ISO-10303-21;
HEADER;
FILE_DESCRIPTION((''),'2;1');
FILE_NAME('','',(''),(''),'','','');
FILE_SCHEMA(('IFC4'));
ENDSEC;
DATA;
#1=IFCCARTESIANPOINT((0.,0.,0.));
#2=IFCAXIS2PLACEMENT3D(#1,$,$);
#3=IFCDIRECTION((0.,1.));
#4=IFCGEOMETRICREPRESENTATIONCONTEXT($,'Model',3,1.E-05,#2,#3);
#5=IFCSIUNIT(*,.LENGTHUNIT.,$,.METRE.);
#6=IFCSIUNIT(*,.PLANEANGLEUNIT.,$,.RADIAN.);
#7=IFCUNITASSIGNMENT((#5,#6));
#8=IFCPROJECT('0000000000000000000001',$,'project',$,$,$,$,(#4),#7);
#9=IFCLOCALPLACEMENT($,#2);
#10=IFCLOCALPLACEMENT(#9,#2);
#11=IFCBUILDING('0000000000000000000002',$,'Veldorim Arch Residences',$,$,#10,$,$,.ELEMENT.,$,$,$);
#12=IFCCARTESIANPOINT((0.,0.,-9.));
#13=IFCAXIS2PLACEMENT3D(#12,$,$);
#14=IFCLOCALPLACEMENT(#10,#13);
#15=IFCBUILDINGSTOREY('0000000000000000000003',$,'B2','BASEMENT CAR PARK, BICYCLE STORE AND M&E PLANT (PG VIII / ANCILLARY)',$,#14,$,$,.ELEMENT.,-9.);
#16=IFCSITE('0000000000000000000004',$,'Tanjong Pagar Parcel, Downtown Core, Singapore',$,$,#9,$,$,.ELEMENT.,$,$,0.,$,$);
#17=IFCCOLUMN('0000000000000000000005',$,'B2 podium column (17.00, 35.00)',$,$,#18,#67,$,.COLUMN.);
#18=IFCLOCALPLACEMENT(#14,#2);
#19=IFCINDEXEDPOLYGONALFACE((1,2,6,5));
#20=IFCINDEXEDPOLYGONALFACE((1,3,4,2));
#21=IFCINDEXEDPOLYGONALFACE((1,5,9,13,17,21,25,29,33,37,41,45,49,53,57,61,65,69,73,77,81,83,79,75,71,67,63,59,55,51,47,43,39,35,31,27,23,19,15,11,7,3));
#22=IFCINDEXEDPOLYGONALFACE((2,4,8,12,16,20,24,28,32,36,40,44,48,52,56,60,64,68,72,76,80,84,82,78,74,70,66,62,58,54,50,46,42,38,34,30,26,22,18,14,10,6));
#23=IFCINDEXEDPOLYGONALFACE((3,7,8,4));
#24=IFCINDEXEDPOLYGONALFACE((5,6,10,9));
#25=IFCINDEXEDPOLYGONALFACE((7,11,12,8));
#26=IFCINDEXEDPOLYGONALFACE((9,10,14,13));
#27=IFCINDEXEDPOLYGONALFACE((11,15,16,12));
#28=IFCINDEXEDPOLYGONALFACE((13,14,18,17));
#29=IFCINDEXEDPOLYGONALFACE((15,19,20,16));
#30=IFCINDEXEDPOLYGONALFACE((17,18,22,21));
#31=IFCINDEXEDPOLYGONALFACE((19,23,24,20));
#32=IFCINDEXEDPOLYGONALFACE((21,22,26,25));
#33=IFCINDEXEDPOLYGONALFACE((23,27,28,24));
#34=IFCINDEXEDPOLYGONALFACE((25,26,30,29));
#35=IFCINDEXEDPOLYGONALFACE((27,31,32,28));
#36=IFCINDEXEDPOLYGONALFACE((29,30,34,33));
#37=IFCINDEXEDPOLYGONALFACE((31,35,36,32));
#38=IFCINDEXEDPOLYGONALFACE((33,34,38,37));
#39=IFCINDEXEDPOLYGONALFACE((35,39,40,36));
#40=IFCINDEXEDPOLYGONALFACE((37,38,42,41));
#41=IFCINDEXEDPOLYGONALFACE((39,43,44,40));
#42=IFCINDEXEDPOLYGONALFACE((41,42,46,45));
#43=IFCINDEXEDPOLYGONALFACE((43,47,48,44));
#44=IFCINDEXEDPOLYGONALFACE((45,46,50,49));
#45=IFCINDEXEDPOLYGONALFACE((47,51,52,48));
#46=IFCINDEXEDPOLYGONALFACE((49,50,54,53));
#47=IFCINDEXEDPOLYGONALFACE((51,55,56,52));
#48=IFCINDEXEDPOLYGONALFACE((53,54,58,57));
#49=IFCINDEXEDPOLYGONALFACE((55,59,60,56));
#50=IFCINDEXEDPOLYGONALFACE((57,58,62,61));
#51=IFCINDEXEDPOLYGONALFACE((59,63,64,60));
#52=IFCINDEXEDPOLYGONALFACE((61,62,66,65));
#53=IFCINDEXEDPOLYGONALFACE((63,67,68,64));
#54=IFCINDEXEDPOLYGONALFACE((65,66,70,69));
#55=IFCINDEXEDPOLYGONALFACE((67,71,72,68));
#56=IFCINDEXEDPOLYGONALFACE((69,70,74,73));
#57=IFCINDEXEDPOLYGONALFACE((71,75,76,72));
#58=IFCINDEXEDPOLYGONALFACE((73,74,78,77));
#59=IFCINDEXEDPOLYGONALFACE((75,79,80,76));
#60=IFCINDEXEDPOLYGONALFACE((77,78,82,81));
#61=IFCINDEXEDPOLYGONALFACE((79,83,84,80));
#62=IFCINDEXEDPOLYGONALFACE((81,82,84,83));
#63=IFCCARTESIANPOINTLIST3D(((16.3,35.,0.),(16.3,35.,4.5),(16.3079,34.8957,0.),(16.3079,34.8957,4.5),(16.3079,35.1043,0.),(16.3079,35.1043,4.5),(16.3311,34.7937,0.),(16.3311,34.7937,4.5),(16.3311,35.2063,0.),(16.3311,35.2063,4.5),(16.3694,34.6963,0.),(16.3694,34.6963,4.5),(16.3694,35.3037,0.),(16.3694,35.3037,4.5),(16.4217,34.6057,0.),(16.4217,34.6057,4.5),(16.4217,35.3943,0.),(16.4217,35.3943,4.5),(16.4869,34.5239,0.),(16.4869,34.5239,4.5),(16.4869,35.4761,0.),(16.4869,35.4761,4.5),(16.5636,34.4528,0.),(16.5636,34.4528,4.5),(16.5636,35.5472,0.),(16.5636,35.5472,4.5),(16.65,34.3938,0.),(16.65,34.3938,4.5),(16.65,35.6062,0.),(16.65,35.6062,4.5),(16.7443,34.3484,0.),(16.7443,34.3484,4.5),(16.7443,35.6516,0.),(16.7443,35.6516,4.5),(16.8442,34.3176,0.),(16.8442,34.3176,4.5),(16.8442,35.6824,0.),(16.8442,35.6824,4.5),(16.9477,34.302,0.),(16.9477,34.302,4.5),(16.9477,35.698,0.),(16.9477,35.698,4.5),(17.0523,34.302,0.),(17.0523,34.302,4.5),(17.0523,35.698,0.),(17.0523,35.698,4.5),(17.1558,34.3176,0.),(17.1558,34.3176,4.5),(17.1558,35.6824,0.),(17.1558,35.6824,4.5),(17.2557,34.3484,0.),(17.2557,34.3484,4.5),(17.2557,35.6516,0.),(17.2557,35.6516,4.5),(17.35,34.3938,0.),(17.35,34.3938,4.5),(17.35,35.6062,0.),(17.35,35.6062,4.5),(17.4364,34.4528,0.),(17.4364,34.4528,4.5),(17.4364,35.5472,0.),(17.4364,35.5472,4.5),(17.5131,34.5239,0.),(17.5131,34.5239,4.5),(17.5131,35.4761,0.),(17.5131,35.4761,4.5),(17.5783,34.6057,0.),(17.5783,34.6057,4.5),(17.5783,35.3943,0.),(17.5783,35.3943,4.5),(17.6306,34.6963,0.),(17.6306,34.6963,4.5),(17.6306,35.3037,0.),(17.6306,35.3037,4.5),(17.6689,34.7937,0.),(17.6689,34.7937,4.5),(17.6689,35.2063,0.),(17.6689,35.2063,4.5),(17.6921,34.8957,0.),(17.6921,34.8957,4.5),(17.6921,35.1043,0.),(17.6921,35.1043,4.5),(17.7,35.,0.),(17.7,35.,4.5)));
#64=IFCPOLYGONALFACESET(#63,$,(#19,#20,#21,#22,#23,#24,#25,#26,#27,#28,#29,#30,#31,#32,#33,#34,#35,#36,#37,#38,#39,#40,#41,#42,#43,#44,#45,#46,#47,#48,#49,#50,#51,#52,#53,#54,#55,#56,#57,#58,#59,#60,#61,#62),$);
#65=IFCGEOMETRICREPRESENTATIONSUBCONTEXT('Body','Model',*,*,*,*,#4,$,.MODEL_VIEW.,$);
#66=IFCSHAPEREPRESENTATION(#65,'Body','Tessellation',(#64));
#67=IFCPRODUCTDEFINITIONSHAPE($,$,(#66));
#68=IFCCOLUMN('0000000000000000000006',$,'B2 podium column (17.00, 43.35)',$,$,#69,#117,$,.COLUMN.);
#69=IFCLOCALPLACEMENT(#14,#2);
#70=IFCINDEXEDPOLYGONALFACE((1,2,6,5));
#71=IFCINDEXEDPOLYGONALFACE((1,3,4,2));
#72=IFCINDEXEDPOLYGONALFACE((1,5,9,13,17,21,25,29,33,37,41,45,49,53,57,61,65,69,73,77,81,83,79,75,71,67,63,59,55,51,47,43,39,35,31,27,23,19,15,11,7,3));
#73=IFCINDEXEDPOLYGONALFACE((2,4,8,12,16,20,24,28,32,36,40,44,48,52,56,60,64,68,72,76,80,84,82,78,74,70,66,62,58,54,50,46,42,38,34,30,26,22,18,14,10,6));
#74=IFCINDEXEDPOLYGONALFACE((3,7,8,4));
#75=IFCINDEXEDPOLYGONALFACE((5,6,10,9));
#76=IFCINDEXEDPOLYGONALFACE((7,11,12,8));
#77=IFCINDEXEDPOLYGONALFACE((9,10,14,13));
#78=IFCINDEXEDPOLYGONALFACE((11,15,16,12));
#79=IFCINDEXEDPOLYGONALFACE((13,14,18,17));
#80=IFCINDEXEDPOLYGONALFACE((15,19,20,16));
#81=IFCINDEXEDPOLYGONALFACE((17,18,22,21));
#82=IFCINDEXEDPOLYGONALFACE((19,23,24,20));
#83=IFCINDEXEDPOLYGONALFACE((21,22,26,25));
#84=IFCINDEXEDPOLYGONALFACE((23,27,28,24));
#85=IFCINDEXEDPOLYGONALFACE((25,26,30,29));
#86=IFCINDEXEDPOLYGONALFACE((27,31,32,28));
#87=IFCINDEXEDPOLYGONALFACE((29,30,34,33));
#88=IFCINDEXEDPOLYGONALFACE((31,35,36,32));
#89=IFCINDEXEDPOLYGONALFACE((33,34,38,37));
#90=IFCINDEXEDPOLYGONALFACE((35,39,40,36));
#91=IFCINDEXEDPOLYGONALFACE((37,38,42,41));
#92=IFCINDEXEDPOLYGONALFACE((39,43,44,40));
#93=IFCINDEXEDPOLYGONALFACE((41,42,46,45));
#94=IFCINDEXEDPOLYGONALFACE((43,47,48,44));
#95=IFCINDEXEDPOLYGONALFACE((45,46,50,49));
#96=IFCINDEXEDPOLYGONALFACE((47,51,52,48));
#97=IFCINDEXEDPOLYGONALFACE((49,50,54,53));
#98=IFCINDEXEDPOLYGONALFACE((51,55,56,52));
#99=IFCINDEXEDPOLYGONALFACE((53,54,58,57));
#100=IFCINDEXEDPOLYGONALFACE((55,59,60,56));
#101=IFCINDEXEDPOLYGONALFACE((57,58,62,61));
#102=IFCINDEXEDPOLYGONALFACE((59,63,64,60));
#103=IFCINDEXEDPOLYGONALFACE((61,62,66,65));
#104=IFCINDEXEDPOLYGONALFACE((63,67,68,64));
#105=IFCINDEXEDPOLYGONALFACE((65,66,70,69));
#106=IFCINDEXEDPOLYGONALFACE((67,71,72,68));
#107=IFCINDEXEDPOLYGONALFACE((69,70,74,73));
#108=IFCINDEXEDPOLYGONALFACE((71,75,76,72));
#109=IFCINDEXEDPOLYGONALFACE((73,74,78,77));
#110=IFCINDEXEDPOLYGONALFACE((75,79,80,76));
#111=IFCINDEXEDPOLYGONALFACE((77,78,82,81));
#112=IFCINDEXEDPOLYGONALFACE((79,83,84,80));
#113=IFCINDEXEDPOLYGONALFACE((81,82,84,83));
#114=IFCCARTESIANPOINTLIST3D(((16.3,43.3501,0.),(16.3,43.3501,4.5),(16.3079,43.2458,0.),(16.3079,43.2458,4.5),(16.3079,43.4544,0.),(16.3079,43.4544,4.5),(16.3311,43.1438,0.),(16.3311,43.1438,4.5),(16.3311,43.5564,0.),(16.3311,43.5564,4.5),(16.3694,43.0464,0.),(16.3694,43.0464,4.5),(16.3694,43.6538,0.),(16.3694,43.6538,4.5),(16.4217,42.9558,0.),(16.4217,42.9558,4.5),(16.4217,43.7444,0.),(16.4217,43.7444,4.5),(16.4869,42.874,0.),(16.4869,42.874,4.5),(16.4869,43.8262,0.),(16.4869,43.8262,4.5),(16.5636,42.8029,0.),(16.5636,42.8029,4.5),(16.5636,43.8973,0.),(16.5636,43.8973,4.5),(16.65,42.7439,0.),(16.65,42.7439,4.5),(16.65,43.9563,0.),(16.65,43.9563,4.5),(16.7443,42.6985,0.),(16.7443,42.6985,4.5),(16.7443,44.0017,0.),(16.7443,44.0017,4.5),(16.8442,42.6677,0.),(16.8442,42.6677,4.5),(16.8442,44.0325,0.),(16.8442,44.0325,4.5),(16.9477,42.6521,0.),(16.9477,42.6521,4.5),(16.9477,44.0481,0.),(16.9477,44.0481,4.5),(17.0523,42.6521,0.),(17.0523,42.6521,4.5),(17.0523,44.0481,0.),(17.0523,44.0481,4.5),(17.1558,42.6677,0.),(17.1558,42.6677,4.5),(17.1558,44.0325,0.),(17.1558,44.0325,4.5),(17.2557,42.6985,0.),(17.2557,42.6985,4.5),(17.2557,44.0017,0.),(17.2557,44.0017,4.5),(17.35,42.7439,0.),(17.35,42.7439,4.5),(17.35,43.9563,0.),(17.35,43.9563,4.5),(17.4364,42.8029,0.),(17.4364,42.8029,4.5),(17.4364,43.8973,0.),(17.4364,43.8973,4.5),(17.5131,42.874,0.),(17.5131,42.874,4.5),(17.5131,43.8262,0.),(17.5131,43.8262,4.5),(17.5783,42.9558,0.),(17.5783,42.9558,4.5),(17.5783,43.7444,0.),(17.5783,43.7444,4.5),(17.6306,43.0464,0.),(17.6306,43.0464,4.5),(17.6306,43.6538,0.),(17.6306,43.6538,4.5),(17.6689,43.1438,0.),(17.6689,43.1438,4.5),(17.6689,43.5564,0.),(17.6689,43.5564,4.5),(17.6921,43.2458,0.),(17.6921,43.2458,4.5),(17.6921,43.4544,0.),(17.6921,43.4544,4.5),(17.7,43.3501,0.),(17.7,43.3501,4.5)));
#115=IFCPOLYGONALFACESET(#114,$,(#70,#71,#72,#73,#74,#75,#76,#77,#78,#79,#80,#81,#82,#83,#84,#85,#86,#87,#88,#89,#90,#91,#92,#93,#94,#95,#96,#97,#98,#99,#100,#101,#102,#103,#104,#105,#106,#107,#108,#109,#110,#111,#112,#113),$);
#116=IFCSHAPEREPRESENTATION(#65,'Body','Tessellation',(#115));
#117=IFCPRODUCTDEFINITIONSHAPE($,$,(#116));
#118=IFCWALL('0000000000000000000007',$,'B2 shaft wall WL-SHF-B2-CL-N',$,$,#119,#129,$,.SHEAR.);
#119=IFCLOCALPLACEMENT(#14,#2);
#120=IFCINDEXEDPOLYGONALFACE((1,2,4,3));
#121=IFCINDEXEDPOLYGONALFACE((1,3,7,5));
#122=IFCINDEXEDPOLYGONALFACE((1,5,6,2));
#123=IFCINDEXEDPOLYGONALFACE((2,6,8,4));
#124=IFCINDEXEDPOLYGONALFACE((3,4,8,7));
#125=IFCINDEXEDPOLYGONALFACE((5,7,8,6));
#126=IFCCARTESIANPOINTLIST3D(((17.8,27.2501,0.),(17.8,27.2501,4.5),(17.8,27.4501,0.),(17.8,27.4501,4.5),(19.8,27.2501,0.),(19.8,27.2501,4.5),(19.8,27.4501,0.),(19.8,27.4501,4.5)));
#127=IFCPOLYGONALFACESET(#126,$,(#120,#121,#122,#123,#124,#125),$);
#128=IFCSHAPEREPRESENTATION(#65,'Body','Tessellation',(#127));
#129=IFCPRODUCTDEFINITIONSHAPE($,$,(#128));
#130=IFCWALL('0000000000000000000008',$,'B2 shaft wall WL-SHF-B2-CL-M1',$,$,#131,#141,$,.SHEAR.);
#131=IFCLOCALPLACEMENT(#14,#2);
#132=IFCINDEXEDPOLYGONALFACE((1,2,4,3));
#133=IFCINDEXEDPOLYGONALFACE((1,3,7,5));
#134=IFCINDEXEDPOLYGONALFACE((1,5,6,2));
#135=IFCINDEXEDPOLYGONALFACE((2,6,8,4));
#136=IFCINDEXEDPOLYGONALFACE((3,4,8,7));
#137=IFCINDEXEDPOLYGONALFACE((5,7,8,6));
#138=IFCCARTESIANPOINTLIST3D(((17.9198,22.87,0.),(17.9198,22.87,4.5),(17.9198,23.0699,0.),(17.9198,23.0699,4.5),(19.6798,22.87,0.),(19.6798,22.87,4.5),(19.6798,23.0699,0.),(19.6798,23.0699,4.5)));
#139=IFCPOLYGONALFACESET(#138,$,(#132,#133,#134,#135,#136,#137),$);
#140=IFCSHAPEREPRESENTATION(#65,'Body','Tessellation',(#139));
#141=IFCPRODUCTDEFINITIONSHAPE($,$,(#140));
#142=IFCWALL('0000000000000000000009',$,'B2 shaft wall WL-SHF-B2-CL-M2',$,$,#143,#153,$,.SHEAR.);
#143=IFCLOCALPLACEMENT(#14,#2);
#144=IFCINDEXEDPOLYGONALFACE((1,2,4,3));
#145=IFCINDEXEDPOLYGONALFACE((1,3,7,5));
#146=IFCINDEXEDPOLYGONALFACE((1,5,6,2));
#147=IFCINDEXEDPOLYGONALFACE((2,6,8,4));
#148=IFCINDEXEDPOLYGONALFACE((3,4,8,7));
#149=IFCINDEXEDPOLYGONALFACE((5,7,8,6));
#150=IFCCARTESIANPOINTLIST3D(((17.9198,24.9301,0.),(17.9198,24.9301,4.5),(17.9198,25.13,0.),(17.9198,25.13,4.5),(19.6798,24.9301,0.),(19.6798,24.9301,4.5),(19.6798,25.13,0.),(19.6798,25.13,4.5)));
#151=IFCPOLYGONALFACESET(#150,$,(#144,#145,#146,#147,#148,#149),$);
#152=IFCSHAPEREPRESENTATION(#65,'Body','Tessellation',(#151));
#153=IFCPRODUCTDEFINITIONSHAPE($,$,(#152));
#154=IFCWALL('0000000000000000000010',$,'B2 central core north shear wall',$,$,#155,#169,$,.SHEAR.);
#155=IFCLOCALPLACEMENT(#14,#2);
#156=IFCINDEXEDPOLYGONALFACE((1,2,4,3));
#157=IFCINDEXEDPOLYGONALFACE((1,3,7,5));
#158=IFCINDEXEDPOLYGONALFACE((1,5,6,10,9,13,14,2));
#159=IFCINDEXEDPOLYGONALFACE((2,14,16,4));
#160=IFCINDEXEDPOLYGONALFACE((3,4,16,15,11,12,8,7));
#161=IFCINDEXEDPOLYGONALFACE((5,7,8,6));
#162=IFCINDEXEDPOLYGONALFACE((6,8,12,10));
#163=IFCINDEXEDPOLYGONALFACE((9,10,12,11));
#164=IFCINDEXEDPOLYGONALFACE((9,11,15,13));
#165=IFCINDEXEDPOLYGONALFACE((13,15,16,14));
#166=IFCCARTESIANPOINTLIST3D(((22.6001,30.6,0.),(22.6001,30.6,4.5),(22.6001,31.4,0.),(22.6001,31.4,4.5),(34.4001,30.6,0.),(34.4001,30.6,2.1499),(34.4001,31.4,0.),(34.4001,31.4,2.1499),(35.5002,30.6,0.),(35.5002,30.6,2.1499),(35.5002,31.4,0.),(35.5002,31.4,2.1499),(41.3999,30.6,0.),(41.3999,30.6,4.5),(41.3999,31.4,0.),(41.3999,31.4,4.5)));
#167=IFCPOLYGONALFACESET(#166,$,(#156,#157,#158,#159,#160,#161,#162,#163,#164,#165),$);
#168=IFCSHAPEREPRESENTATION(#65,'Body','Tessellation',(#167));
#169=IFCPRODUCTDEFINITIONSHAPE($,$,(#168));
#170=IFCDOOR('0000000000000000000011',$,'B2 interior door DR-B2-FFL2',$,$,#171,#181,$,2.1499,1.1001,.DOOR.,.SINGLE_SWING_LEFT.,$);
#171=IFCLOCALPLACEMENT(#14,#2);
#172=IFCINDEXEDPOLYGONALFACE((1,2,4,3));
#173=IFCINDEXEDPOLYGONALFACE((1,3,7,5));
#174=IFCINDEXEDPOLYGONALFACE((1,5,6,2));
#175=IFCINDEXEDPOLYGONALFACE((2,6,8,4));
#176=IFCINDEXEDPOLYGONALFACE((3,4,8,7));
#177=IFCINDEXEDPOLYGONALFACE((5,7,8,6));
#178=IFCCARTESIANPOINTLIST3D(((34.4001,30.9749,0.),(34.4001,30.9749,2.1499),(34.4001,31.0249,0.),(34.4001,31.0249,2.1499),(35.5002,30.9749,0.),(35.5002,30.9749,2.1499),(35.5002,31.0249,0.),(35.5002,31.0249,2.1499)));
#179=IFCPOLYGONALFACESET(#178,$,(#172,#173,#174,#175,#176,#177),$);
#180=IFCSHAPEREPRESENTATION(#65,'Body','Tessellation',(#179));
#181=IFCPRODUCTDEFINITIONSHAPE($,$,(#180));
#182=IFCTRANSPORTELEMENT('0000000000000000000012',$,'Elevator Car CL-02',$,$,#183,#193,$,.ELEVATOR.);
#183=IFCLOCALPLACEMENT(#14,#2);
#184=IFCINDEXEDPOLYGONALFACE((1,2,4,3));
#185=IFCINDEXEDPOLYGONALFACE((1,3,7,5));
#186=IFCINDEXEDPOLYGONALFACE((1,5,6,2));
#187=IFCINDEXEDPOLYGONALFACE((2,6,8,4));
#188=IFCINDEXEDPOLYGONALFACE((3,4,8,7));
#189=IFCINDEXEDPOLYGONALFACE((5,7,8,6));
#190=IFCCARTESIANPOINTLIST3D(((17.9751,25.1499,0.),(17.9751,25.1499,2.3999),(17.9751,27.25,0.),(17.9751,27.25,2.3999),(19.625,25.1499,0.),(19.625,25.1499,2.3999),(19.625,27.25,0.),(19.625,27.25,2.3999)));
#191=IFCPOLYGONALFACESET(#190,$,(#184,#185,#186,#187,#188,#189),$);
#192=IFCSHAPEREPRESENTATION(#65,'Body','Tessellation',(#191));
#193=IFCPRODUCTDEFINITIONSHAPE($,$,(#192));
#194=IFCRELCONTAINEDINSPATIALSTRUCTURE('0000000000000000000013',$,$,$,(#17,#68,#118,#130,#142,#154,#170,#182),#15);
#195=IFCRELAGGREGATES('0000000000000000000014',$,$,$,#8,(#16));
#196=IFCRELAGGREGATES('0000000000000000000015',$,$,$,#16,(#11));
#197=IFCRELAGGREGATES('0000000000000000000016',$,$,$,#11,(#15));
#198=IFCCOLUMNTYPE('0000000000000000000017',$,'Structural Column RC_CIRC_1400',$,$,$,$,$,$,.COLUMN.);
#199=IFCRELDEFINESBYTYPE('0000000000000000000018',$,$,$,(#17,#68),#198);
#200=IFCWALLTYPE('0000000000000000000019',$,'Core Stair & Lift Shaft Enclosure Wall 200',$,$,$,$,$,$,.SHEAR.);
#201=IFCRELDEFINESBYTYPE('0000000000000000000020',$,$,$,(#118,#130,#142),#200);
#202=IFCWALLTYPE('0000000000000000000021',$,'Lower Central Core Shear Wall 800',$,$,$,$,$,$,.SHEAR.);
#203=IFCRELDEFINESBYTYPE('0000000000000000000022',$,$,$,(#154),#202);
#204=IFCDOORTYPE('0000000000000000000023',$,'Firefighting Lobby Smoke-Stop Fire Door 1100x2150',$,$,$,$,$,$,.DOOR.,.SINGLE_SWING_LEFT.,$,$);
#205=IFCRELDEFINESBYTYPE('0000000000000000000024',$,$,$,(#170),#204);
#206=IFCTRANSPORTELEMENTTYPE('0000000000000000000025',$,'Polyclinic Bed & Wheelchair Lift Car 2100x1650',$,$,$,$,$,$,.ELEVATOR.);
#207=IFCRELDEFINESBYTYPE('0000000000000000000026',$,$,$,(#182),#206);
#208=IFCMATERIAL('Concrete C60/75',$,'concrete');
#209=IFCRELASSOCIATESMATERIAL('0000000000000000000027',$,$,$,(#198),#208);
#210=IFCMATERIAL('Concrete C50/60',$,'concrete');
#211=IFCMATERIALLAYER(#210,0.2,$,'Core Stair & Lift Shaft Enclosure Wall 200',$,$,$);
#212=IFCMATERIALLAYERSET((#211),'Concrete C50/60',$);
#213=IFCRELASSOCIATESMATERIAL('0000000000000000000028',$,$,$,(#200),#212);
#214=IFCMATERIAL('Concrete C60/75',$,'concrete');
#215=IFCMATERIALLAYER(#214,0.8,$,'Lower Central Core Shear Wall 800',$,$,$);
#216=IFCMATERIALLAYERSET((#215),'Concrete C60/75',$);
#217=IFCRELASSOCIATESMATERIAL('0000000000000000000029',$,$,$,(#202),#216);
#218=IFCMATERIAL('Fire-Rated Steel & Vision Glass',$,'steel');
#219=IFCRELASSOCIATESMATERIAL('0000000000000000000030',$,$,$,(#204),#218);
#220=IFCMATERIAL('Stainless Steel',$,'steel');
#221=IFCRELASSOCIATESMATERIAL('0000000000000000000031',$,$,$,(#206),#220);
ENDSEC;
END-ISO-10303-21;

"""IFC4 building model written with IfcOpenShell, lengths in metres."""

from ifc_helpers import new_model, si_unit, direction, frame, frame_2d, origin, origin_2d, place, context, subcontext, project, spatial, rectangle, circle, extrude, material, layer, layer_set, material_profile, profile_set, type_object, element, fill, save


model = new_model("IFC4")

# Units and contexts
model_context = context("Model", 3, precision=1e-05, world=origin(), true_north=direction((0.0, 1.0)))
body_context = subcontext(model_context, "Body", "Model", "MODEL_VIEW")
ifc_project = project(units=[si_unit("LENGTHUNIT", "METRE"), si_unit("PLANEANGLEUNIT", "RADIAN")], contexts=[model_context])

# Site, building, storey
site_placement = place(None, origin())
site = spatial("IfcSite", under=ifc_project, at=site_placement, Name="Tanjong Pagar Parcel, Downtown Core, Singapore", CompositionType="ELEMENT", RefElevation=0.0)
building_placement = place(site_placement, origin())
building = spatial("IfcBuilding", under=site, at=building_placement, Name="Veldorim Arch Residences", CompositionType="ELEMENT")
storey_placement = place(building_placement, frame((0.0, 0.0, -9.0)))
storey = spatial("IfcBuildingStorey", under=building, at=storey_placement, Name="B2", Description="BASEMENT CAR PARK, BICYCLE STORE AND M&E PLANT (PG VIII / ANCILLARY)", CompositionType="ELEMENT", Elevation=-9.0)

# Columns
ifc_material_1 = material(Name="Concrete C60/75", Category="concrete")
ifc_material_profile_1 = material_profile(ifc_material_1, circle(Radius=0.7, at=origin_2d()), Name="RC_CIRC_1400")
ifc_profile_set_1 = profile_set([ifc_material_profile_1], Name="Concrete C60/75")
column_type = type_object("IfcColumnType", Name="Structural Column RC_CIRC_1400", PredefinedType="COLUMN", material=ifc_profile_set_1)
for number, where, z_axis, x_axis, name in (
    (1, (17.0, 35.0, 0.0), (0.0, 0.0, 1.0), (1.0, 0.0, 0.0), "B2 podium column (17.00, 35.00)"),
    (2, (17.0, 43.3501, 0.0), (0.0, 0.0, 1.0), (1.0, 0.0, 0.0), "B2 podium column (17.00, 43.35)"),
):
    element("IfcColumn", number, at=place(storey_placement, frame(where, z_axis=z_axis, x_axis=x_axis)), inside=storey, type_object=column_type, Name=name, PredefinedType="COLUMN", context=body_context, shape_type="SweptSolid", body=[
        extrude(circle(Radius=0.7, at=origin_2d()), origin(), (0.0, 0.0, 1.0), 4.5),
    ])

# Walls
ifc_material_2 = material(Name="Concrete C50/60", Category="concrete")
ifc_layer_1 = layer(ifc_material_2, 0.2, Name="Core Stair & Lift Shaft Enclosure Wall 200")
ifc_layer_set_1 = layer_set([ifc_layer_1], Name="Concrete C50/60")
wall_type_1 = type_object("IfcWallType", Name="Core Stair & Lift Shaft Enclosure Wall 200", PredefinedType="SHEAR", material=ifc_layer_set_1)
wall_1_placement = place(storey_placement, frame((17.8, 27.3501, 0.0), z_axis=(0.0, 0.0, 1.0), x_axis=(1.0, 0.0, 0.0)))
element("IfcWall", 3, at=wall_1_placement, inside=storey, type_object=wall_type_1, Name="B2 shaft wall WL-SHF-B2-CL-N", PredefinedType="SHEAR", context=body_context, shape_type="SweptSolid", body=[
    extrude(rectangle(XDim=2.0, YDim=0.2, at=frame_2d((1.0, 0.0))), origin(), (0.0, 0.0, 1.0), 4.5),
])
for number, where, z_axis, x_axis, name in (
    (4, (17.9199, 22.97, 0.0), (0.0, 0.0, 1.0), (1.0, 0.0, 0.0), "B2 shaft wall WL-SHF-B2-CL-M1"),
    (5, (17.9199, 25.03, 0.0), (0.0, 0.0, 1.0), (1.0, 0.0, 0.0), "B2 shaft wall WL-SHF-B2-CL-M2"),
):
    element("IfcWall", number, at=place(storey_placement, frame(where, z_axis=z_axis, x_axis=x_axis)), inside=storey, type_object=wall_type_1, Name=name, PredefinedType="SHEAR", context=body_context, shape_type="SweptSolid", body=[
        extrude(rectangle(XDim=1.76, YDim=0.2, at=frame_2d((0.8799, 0.0))), origin(), (0.0, 0.0, 1.0), 4.5),
    ])

# Wall, opening, door
ifc_material_3 = material(Name="Concrete C60/75", Category="concrete")
ifc_layer_2 = layer(ifc_material_3, 0.8, Name="Lower Central Core Shear Wall 800")
ifc_layer_set_2 = layer_set([ifc_layer_2], Name="Concrete C60/75")
wall_type_2 = type_object("IfcWallType", Name="Lower Central Core Shear Wall 800", PredefinedType="SHEAR", material=ifc_layer_set_2)
wall_2_placement = place(storey_placement, frame((22.6001, 31.0, 0.0), z_axis=(0.0, 0.0, 1.0), x_axis=(1.0, 0.0, 0.0)))
wall_2 = element("IfcWall", 6, at=wall_2_placement, inside=storey, type_object=wall_type_2, Name="B2 central core north shear wall", PredefinedType="SHEAR", context=body_context, shape_type="SweptSolid", body=[
    extrude(rectangle(XDim=18.7998, YDim=0.8, at=frame_2d((9.3999, 0.0))), origin(), (0.0, 0.0, 1.0), 4.5),
])
opening_1_placement = place(wall_2_placement, frame((11.8, 0.0, 0.0)))
opening_1 = element("IfcOpeningElement", 7, at=opening_1_placement, cuts=wall_2, PredefinedType="OPENING", context=body_context, shape_type="SweptSolid", body=[
    extrude(rectangle(XDim=1.1001, YDim=2.1499, at=frame_2d((0.55, 1.075))), frame((0.0, 0.4099, 0.0), z_axis=(0.0, -1.0, 0.0), x_axis=(1.0, 0.0, 0.0)), (0.0, 0.0, 1.0), 0.8201),
])
ifc_material_4 = material(Name="Fire-Rated Steel & Vision Glass", Category="steel")
door_type_1 = type_object("IfcDoorType", Name="Firefighting Lobby Smoke-Stop Fire Door 1100x2150", OperationType="SINGLE_SWING_LEFT", PredefinedType="DOOR", material=ifc_material_4)
door_1_placement = place(opening_1_placement, origin())
door_1 = element("IfcDoor", 8, at=door_1_placement, inside=storey, type_object=door_type_1, Name="B2 interior door DR-B2-FFL2", OperationType="SINGLE_SWING_LEFT", OverallHeight=2.1499, OverallWidth=1.1001, PredefinedType="DOOR", context=body_context, shape_type="SweptSolid", body=[
    extrude(rectangle(XDim=1.1001, YDim=2.1499, at=frame_2d((0.55, 1.075))), frame((0.0, 0.0249, 0.0), z_axis=(0.0, -1.0, 0.0), x_axis=(1.0, 0.0, 0.0)), (0.0, 0.0, 1.0), 0.05),
])
fill(opening_1, door_1)

# Transport element
ifc_material_5 = material(Name="Stainless Steel", Category="steel")
transport_element_type = type_object("IfcTransportElementType", Name="Polyclinic Bed & Wheelchair Lift Car 2100x1650", PredefinedType="ELEVATOR", material=ifc_material_5)
transport_element_placement = place(storey_placement, frame((18.8, 26.2, 0.0), z_axis=(0.0, 0.0, 1.0), x_axis=(0.0, 1.0, 0.0)))
element("IfcTransportElement", 9, at=transport_element_placement, inside=storey, type_object=transport_element_type, Name="Elevator Car CL-02", PredefinedType="ELEVATOR", context=body_context, shape_type="SweptSolid", body=[
    extrude(rectangle(XDim=2.1001, YDim=1.6499, at=origin_2d()), origin(), (0.0, 0.0, 1.0), 2.3999),
])

save(model, "model.ifc")
